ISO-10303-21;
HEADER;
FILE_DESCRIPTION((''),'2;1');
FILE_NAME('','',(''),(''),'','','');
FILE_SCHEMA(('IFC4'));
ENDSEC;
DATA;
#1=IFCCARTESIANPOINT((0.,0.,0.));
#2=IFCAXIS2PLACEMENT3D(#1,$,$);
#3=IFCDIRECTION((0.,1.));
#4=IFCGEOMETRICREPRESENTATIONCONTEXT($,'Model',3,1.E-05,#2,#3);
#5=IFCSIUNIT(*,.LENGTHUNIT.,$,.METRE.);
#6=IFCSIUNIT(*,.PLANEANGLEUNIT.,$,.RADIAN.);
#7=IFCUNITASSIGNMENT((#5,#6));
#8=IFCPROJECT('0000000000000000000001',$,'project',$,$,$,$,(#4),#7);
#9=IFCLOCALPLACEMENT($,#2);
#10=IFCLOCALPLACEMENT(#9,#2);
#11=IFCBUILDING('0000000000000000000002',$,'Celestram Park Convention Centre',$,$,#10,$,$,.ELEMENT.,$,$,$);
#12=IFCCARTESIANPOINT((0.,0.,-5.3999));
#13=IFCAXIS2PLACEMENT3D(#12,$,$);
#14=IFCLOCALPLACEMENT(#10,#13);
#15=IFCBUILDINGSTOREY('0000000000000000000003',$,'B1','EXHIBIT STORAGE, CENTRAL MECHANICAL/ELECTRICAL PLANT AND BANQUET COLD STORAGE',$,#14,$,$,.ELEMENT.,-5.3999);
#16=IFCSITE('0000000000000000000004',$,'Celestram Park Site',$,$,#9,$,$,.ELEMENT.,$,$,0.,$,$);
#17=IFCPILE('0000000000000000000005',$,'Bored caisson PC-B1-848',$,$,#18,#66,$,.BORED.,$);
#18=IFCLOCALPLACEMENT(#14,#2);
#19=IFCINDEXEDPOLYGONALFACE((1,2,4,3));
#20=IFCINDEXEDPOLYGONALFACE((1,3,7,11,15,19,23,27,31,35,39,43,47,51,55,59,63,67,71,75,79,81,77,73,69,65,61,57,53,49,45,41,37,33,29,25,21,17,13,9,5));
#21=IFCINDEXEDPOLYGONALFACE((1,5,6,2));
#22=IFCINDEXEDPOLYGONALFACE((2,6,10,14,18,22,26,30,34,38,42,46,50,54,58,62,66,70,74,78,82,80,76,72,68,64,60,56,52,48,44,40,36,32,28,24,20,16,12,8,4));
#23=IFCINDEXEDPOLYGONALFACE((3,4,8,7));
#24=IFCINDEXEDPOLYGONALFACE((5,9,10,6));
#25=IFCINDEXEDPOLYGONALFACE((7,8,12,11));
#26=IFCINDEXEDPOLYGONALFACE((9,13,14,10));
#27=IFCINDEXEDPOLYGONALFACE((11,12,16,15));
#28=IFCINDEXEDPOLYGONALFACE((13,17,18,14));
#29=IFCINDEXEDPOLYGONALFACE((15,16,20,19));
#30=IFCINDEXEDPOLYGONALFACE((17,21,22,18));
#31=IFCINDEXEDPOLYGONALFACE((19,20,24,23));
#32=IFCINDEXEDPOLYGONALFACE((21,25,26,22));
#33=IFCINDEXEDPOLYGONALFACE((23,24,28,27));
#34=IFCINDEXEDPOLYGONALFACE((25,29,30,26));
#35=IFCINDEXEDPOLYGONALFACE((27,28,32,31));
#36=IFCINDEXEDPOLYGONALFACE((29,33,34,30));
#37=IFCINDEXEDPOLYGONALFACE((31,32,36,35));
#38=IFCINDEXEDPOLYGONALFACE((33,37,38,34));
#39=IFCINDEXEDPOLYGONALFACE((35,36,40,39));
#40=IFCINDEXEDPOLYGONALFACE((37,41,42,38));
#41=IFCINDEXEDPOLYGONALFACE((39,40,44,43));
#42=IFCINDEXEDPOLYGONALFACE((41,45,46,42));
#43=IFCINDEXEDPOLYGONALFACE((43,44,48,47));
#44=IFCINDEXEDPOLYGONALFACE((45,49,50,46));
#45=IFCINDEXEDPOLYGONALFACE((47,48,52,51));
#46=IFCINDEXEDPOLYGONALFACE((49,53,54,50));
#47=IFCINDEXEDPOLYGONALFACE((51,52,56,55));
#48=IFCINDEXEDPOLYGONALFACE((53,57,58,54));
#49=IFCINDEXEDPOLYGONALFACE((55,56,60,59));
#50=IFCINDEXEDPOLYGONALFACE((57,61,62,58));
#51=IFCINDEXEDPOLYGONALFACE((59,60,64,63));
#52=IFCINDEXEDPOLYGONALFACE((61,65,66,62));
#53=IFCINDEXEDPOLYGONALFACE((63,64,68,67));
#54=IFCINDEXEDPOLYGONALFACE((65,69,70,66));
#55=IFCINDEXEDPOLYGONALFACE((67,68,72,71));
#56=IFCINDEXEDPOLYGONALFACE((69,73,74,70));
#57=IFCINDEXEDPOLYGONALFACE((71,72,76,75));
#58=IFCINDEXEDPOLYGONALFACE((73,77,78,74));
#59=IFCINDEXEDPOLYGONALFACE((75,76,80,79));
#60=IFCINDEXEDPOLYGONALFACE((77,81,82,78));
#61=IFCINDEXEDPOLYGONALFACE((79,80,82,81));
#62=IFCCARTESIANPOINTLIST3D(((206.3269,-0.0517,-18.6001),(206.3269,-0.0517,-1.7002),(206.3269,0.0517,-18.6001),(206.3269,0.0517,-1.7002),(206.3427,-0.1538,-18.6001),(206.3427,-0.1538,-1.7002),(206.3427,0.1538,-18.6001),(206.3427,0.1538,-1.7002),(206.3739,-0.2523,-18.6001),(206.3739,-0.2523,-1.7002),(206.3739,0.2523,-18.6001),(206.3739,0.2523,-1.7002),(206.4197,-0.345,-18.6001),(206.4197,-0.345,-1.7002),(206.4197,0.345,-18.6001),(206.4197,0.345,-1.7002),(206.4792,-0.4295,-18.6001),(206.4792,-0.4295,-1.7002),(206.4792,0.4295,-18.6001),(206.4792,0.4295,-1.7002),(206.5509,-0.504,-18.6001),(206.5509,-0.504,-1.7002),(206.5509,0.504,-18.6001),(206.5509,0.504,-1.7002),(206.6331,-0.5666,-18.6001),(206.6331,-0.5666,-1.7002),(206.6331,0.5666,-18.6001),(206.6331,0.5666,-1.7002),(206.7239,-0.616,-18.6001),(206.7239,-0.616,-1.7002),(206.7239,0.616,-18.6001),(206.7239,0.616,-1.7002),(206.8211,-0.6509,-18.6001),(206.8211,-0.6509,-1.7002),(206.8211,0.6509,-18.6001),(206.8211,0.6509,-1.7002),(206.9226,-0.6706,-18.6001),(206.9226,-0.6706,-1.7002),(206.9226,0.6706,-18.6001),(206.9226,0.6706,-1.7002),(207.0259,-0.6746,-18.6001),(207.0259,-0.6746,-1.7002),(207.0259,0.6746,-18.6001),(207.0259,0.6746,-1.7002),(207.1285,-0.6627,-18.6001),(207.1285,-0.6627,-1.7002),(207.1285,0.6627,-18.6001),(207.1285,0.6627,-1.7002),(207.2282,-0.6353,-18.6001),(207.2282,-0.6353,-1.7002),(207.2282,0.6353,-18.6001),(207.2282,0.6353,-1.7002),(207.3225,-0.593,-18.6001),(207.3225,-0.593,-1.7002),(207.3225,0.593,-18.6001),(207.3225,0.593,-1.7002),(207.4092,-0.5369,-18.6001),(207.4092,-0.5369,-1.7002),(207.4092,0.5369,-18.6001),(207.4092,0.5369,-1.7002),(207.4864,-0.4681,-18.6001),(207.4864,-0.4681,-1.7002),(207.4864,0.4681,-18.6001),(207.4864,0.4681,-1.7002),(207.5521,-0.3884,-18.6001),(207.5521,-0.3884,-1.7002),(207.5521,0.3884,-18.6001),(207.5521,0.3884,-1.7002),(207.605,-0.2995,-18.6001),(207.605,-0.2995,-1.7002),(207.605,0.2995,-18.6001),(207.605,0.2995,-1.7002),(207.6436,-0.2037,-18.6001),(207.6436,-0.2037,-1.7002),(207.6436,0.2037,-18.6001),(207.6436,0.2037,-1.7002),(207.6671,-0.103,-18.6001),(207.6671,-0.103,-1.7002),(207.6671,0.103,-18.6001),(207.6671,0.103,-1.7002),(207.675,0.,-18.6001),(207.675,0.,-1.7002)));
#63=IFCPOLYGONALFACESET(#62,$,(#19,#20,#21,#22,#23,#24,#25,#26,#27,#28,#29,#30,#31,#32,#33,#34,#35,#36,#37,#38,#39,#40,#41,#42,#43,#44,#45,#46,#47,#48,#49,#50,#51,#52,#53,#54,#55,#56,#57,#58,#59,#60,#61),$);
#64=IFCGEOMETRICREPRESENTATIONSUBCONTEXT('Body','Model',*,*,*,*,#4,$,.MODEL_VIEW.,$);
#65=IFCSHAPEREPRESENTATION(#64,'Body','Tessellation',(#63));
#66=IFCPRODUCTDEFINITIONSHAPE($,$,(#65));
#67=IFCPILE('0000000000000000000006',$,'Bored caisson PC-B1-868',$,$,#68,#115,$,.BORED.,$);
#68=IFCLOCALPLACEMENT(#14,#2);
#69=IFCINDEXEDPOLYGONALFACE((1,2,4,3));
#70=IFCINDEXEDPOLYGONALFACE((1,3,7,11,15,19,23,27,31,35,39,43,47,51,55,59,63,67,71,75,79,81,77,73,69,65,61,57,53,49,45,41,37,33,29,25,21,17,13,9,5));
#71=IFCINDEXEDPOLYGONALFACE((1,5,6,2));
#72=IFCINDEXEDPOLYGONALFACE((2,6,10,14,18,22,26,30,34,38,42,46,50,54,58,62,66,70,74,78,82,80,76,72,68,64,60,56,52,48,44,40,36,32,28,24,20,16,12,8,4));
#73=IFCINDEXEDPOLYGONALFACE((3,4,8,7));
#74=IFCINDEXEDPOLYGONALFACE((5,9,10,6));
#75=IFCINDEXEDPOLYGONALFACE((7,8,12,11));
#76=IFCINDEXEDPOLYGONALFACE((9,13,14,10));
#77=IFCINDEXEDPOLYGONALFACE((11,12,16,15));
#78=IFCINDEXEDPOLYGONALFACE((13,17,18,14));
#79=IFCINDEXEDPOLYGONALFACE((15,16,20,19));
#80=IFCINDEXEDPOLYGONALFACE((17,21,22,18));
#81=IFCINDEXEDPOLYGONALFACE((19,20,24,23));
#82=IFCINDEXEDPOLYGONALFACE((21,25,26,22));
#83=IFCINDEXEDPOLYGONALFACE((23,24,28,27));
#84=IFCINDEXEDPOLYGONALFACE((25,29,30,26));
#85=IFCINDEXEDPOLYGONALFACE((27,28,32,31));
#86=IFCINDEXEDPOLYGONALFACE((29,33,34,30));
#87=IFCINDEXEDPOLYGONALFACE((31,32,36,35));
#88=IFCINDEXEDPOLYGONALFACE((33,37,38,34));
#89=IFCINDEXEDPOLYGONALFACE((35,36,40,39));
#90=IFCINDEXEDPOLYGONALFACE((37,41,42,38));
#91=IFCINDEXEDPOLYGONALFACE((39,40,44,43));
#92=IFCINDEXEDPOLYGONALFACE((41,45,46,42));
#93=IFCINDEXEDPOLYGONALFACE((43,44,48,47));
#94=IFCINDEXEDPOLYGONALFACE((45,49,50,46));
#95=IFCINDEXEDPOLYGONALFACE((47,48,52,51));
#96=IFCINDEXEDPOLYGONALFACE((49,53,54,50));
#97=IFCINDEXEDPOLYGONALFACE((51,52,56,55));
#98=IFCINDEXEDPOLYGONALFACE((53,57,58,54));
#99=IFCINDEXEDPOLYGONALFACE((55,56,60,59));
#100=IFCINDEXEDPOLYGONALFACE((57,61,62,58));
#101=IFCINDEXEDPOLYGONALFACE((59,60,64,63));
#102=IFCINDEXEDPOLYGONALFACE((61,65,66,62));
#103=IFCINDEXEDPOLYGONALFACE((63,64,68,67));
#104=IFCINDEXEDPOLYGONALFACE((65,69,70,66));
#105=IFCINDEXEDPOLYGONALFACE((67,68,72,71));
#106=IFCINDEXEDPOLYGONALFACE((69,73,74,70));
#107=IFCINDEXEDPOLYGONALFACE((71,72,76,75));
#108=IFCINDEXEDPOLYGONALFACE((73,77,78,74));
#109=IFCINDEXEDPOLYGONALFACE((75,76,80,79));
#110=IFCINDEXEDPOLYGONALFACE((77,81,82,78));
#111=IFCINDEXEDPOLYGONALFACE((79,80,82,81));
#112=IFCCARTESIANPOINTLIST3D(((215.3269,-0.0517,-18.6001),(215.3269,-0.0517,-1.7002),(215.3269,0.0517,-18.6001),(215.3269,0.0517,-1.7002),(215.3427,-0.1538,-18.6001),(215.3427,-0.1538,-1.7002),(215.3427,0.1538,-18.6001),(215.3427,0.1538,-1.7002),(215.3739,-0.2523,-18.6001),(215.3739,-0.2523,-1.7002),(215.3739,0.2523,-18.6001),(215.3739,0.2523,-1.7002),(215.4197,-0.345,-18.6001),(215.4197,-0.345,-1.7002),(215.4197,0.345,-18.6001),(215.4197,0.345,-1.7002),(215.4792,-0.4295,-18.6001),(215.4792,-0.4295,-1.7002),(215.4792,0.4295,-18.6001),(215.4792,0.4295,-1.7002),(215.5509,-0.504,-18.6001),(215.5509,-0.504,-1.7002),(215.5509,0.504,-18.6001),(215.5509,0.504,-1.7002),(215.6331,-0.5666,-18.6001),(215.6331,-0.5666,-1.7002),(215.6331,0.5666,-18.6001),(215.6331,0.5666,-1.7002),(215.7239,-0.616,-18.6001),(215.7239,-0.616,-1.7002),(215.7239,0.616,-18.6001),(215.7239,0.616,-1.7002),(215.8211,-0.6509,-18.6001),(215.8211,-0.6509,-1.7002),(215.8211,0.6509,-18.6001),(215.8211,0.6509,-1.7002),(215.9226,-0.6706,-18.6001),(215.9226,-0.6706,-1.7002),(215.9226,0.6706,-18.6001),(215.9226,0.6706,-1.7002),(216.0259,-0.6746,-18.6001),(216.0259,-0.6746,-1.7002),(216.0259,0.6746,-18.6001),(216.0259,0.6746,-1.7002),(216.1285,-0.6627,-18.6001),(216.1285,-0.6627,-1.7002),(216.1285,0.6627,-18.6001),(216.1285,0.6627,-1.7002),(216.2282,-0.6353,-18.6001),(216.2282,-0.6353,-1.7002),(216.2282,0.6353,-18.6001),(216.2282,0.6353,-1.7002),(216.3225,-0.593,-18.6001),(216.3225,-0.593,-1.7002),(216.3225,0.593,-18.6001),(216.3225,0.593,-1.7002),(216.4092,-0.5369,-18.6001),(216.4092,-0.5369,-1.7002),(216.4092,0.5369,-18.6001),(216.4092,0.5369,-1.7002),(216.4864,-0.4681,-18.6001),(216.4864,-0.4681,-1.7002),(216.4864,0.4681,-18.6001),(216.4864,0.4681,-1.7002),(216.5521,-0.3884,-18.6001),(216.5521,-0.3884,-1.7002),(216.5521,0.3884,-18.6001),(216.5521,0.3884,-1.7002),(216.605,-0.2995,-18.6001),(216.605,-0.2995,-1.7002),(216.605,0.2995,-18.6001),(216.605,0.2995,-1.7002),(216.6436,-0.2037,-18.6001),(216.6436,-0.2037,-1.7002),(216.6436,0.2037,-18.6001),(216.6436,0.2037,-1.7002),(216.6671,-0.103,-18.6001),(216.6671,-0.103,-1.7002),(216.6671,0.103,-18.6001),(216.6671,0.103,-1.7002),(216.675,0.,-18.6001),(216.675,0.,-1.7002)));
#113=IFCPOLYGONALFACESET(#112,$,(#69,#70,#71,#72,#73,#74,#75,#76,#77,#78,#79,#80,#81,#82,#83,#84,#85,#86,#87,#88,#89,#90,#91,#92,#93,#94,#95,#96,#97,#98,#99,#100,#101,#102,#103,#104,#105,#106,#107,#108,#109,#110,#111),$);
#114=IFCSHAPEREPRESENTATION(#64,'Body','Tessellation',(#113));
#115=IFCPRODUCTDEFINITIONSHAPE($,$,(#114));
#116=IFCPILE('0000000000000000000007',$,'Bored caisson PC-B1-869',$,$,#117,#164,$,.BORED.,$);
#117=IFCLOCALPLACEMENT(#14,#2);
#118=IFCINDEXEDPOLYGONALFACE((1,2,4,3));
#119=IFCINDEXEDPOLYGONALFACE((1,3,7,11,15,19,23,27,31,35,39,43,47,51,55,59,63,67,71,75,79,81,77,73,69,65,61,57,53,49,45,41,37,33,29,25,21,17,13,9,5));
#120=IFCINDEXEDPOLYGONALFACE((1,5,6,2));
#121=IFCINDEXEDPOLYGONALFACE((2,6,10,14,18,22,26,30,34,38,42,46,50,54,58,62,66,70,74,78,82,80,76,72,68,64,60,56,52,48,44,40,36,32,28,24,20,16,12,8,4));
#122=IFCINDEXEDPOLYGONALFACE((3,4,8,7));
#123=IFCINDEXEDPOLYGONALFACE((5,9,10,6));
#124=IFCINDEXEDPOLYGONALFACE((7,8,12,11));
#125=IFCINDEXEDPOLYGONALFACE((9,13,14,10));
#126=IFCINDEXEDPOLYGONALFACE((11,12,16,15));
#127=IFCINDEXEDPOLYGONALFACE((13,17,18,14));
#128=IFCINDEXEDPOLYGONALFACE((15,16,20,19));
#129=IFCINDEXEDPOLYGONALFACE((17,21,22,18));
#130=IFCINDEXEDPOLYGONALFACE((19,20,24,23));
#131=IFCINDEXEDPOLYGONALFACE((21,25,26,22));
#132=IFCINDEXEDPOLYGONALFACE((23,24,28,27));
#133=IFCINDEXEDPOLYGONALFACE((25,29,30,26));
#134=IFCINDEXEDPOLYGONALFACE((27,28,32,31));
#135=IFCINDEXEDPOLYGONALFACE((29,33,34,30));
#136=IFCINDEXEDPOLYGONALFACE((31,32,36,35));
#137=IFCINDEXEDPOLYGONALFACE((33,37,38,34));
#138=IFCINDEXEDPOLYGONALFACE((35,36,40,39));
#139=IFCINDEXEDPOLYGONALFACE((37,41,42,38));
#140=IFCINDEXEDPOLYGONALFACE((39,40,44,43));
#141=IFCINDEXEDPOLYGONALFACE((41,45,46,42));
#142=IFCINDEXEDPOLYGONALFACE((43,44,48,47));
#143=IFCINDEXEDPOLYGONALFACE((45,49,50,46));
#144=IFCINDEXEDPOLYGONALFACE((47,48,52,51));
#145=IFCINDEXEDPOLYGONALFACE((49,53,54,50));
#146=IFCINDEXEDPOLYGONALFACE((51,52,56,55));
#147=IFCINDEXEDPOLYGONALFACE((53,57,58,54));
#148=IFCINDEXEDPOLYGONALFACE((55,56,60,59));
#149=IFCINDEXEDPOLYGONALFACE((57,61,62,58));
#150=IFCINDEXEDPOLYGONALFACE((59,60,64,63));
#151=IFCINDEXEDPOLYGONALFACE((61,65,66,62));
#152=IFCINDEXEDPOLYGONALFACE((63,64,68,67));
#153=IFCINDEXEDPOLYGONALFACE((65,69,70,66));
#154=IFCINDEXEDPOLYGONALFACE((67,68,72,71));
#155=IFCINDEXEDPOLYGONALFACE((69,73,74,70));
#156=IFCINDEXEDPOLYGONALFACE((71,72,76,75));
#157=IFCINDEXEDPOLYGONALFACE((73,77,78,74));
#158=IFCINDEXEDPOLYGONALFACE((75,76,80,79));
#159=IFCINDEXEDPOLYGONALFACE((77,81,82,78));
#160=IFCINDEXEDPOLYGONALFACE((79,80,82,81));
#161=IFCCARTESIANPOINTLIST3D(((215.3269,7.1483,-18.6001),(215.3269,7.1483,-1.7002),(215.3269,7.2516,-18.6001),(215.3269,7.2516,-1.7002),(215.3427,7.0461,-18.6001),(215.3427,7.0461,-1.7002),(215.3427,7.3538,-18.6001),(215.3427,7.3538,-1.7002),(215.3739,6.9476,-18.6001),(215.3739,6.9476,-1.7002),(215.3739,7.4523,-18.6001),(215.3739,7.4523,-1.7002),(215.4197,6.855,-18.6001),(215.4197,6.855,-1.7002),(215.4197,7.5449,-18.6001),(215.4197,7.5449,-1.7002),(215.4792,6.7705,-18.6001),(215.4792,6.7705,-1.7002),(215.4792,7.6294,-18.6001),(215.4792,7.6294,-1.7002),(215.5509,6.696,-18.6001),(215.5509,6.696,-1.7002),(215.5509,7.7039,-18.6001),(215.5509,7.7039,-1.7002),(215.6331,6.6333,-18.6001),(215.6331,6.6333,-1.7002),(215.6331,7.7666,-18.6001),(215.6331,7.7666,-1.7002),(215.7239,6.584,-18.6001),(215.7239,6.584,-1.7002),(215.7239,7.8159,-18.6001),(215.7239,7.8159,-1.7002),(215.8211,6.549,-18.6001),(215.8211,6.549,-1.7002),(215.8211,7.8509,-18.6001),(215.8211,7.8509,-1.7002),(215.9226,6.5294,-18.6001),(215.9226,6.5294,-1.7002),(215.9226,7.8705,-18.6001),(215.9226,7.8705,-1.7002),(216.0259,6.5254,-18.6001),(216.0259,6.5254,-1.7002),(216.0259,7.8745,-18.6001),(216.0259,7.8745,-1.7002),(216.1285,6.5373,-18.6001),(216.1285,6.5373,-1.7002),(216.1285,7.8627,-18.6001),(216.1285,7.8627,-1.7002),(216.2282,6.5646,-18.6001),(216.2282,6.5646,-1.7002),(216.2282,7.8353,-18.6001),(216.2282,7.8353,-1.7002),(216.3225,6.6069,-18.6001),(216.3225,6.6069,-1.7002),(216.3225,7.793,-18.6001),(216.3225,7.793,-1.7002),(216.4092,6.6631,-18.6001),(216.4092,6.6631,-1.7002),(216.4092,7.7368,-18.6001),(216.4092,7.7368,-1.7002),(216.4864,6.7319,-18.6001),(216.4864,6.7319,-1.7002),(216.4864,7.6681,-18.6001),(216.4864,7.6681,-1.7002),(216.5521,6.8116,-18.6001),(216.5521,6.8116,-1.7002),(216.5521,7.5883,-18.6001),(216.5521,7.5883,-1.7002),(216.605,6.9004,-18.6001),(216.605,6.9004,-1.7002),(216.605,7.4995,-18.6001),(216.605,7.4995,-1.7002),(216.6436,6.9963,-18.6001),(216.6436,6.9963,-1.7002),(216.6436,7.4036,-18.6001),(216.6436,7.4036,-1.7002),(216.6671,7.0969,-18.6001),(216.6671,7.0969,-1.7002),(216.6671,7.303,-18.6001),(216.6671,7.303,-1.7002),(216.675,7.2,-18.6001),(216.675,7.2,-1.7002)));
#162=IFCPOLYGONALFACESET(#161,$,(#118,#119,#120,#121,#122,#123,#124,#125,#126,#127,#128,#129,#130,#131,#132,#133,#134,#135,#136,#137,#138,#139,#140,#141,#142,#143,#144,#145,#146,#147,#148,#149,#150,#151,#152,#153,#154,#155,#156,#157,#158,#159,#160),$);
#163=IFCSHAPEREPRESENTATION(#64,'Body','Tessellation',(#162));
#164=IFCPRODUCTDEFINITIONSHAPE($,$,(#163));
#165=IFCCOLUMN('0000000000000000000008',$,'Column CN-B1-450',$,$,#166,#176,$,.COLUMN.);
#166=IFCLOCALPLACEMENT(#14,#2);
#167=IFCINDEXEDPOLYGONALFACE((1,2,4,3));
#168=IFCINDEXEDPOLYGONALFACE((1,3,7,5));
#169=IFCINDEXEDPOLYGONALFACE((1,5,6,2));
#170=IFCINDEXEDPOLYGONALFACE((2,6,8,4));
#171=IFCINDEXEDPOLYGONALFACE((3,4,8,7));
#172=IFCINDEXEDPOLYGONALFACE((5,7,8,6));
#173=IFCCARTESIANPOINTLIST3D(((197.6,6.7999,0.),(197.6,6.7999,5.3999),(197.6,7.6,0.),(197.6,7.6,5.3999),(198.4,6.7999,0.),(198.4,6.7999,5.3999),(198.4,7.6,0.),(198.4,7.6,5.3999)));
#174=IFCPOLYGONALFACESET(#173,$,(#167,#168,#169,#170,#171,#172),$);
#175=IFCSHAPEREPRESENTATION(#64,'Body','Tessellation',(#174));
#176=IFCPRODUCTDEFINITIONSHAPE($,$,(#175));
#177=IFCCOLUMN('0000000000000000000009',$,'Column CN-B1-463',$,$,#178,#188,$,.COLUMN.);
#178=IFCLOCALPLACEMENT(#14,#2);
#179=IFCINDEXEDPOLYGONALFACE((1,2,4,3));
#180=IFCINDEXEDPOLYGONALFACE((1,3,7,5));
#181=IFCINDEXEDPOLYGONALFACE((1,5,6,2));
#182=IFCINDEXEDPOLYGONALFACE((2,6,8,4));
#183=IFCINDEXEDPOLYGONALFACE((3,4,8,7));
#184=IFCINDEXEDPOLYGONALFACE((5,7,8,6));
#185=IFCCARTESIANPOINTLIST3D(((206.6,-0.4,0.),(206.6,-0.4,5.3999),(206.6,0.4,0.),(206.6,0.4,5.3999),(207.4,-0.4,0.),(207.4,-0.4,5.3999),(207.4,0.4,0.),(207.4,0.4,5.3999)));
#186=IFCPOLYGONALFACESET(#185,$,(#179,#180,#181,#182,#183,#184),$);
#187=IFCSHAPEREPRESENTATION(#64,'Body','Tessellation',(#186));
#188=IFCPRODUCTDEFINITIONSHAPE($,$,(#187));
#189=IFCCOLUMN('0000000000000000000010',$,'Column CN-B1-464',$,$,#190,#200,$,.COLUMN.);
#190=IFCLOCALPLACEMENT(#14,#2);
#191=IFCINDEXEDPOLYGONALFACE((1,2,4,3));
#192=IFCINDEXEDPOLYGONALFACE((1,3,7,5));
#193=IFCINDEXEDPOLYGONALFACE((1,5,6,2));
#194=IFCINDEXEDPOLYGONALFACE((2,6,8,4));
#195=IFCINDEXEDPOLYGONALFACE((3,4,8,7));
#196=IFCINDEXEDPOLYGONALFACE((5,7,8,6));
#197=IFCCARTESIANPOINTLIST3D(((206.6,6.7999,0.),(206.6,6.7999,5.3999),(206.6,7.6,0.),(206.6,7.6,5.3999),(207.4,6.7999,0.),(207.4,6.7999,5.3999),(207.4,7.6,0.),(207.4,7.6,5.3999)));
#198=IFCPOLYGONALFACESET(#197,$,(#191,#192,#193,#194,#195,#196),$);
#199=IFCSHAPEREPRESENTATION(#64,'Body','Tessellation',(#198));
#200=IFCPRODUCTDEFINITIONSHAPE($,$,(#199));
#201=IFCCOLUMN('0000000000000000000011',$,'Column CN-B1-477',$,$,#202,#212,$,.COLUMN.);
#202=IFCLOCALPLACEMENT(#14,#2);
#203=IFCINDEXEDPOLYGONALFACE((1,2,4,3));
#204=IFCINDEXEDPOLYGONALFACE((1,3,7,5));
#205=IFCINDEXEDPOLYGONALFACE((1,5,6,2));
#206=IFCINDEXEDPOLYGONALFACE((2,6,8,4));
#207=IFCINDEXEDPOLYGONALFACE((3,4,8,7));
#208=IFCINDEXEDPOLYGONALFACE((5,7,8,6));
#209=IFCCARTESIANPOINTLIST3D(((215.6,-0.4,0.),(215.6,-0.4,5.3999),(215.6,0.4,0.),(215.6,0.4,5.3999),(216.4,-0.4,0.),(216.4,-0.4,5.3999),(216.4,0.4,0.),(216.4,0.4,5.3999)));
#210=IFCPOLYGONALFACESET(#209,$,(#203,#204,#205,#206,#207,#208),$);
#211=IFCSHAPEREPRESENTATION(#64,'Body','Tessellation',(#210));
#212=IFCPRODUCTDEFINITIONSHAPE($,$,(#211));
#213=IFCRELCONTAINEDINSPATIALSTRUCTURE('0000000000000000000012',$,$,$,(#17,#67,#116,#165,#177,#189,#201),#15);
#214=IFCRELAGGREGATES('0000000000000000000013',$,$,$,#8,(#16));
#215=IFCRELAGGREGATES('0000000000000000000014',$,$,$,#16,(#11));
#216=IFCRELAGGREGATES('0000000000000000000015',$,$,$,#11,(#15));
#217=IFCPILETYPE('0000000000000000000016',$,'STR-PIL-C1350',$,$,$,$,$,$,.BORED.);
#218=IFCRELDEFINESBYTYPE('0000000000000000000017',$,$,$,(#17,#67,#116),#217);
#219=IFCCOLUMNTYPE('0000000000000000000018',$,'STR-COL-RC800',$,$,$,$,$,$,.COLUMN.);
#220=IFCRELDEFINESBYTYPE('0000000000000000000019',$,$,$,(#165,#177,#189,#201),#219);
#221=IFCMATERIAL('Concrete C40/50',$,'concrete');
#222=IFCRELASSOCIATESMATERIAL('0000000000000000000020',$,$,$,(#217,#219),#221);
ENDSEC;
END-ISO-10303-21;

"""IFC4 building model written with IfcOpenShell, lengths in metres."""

from ifc_helpers import new_model, si_unit, direction, frame, origin, origin_2d, place, context, subcontext, project, spatial, rectangle, circle, extrude, material, material_profile, profile_set, type_object, element, save


model = new_model("IFC4")

# Units and contexts
model_context = context("Model", 3, precision=1e-05, world=origin(), true_north=direction((0.0, 1.0)))
body_context = subcontext(model_context, "Body", "Model", "MODEL_VIEW")
ifc_project = project(units=[si_unit("LENGTHUNIT", "METRE"), si_unit("PLANEANGLEUNIT", "RADIAN")], contexts=[model_context])

# Site, building, storey
site_placement = place(None, origin())
site = spatial("IfcSite", under=ifc_project, at=site_placement, Name="Celestram Park Site", CompositionType="ELEMENT", RefElevation=0.0)
building_placement = place(site_placement, origin())
building = spatial("IfcBuilding", under=site, at=building_placement, Name="Celestram Park Convention Centre", CompositionType="ELEMENT")
storey_placement = place(building_placement, frame((0.0, 0.0, -5.3999)))
storey = spatial("IfcBuildingStorey", under=building, at=storey_placement, Name="B1", Description="EXHIBIT STORAGE, CENTRAL MECHANICAL/ELECTRICAL PLANT AND BANQUET COLD STORAGE", CompositionType="ELEMENT", Elevation=-5.3999)

# Shared definitions
ifc_material_1 = material(Name="Concrete C40/50", Category="concrete")

# Piles
ifc_material_profile_1 = material_profile(ifc_material_1, circle(Radius=0.675, at=origin_2d()), Name="CAISSON1350")
ifc_profile_set_1 = profile_set([ifc_material_profile_1], Name="Concrete C40/50")
pile_type_1 = type_object("IfcPileType", Name="STR-PIL-C1350", PredefinedType="BORED", material=ifc_profile_set_1)
for number, where, z_axis, x_axis, name in (
    (1, (207.0, 0.0, -1.7002), (0.0, 0.0, -1.0), (1.0, 0.0, 0.0), "Bored caisson PC-B1-848"),
    (2, (216.0, 0.0, -1.7002), (0.0, 0.0, -1.0), (1.0, 0.0, 0.0), "Bored caisson PC-B1-868"),
    (3, (216.0, 7.2, -1.7002), (0.0, 0.0, -1.0), (1.0, 0.0, 0.0), "Bored caisson PC-B1-869"),
):
    element("IfcPile", number, at=place(storey_placement, frame(where, z_axis=z_axis, x_axis=x_axis)), inside=storey, type_object=pile_type_1, Name=name, PredefinedType="BORED", context=body_context, shape_type="SweptSolid", body=[
        extrude(circle(Radius=0.675, at=origin_2d()), origin(), (0.0, 0.0, 1.0), 16.8999),
    ])

# Columns
ifc_material_profile_2 = material_profile(ifc_material_1, rectangle(XDim=0.8, YDim=0.8, at=origin_2d()), Name="RC800X800")
ifc_profile_set_2 = profile_set([ifc_material_profile_2], Name="Concrete C40/50")
column_type = type_object("IfcColumnType", Name="STR-COL-RC800", PredefinedType="COLUMN", material=ifc_profile_set_2)
for number, where, z_axis, x_axis, name in (
    (4, (198.0, 7.2, 0.0), (0.0, 0.0, 1.0), (1.0, 0.0, 0.0), "Column CN-B1-450"),
    (5, (207.0, 0.0, 0.0), (0.0, 0.0, 1.0), (1.0, 0.0, 0.0), "Column CN-B1-463"),
    (6, (207.0, 7.2, 0.0), (0.0, 0.0, 1.0), (1.0, 0.0, 0.0), "Column CN-B1-464"),
    (7, (216.0, 0.0, 0.0), (0.0, 0.0, 1.0), (1.0, 0.0, 0.0), "Column CN-B1-477"),
):
    element("IfcColumn", number, at=place(storey_placement, frame(where, z_axis=z_axis, x_axis=x_axis)), inside=storey, type_object=column_type, Name=name, PredefinedType="COLUMN", context=body_context, shape_type="SweptSolid", body=[
        extrude(rectangle(XDim=0.8, YDim=0.8, at=origin_2d()), origin(), (0.0, 0.0, 1.0), 5.3999),
    ])

save(model, "model.ifc")
